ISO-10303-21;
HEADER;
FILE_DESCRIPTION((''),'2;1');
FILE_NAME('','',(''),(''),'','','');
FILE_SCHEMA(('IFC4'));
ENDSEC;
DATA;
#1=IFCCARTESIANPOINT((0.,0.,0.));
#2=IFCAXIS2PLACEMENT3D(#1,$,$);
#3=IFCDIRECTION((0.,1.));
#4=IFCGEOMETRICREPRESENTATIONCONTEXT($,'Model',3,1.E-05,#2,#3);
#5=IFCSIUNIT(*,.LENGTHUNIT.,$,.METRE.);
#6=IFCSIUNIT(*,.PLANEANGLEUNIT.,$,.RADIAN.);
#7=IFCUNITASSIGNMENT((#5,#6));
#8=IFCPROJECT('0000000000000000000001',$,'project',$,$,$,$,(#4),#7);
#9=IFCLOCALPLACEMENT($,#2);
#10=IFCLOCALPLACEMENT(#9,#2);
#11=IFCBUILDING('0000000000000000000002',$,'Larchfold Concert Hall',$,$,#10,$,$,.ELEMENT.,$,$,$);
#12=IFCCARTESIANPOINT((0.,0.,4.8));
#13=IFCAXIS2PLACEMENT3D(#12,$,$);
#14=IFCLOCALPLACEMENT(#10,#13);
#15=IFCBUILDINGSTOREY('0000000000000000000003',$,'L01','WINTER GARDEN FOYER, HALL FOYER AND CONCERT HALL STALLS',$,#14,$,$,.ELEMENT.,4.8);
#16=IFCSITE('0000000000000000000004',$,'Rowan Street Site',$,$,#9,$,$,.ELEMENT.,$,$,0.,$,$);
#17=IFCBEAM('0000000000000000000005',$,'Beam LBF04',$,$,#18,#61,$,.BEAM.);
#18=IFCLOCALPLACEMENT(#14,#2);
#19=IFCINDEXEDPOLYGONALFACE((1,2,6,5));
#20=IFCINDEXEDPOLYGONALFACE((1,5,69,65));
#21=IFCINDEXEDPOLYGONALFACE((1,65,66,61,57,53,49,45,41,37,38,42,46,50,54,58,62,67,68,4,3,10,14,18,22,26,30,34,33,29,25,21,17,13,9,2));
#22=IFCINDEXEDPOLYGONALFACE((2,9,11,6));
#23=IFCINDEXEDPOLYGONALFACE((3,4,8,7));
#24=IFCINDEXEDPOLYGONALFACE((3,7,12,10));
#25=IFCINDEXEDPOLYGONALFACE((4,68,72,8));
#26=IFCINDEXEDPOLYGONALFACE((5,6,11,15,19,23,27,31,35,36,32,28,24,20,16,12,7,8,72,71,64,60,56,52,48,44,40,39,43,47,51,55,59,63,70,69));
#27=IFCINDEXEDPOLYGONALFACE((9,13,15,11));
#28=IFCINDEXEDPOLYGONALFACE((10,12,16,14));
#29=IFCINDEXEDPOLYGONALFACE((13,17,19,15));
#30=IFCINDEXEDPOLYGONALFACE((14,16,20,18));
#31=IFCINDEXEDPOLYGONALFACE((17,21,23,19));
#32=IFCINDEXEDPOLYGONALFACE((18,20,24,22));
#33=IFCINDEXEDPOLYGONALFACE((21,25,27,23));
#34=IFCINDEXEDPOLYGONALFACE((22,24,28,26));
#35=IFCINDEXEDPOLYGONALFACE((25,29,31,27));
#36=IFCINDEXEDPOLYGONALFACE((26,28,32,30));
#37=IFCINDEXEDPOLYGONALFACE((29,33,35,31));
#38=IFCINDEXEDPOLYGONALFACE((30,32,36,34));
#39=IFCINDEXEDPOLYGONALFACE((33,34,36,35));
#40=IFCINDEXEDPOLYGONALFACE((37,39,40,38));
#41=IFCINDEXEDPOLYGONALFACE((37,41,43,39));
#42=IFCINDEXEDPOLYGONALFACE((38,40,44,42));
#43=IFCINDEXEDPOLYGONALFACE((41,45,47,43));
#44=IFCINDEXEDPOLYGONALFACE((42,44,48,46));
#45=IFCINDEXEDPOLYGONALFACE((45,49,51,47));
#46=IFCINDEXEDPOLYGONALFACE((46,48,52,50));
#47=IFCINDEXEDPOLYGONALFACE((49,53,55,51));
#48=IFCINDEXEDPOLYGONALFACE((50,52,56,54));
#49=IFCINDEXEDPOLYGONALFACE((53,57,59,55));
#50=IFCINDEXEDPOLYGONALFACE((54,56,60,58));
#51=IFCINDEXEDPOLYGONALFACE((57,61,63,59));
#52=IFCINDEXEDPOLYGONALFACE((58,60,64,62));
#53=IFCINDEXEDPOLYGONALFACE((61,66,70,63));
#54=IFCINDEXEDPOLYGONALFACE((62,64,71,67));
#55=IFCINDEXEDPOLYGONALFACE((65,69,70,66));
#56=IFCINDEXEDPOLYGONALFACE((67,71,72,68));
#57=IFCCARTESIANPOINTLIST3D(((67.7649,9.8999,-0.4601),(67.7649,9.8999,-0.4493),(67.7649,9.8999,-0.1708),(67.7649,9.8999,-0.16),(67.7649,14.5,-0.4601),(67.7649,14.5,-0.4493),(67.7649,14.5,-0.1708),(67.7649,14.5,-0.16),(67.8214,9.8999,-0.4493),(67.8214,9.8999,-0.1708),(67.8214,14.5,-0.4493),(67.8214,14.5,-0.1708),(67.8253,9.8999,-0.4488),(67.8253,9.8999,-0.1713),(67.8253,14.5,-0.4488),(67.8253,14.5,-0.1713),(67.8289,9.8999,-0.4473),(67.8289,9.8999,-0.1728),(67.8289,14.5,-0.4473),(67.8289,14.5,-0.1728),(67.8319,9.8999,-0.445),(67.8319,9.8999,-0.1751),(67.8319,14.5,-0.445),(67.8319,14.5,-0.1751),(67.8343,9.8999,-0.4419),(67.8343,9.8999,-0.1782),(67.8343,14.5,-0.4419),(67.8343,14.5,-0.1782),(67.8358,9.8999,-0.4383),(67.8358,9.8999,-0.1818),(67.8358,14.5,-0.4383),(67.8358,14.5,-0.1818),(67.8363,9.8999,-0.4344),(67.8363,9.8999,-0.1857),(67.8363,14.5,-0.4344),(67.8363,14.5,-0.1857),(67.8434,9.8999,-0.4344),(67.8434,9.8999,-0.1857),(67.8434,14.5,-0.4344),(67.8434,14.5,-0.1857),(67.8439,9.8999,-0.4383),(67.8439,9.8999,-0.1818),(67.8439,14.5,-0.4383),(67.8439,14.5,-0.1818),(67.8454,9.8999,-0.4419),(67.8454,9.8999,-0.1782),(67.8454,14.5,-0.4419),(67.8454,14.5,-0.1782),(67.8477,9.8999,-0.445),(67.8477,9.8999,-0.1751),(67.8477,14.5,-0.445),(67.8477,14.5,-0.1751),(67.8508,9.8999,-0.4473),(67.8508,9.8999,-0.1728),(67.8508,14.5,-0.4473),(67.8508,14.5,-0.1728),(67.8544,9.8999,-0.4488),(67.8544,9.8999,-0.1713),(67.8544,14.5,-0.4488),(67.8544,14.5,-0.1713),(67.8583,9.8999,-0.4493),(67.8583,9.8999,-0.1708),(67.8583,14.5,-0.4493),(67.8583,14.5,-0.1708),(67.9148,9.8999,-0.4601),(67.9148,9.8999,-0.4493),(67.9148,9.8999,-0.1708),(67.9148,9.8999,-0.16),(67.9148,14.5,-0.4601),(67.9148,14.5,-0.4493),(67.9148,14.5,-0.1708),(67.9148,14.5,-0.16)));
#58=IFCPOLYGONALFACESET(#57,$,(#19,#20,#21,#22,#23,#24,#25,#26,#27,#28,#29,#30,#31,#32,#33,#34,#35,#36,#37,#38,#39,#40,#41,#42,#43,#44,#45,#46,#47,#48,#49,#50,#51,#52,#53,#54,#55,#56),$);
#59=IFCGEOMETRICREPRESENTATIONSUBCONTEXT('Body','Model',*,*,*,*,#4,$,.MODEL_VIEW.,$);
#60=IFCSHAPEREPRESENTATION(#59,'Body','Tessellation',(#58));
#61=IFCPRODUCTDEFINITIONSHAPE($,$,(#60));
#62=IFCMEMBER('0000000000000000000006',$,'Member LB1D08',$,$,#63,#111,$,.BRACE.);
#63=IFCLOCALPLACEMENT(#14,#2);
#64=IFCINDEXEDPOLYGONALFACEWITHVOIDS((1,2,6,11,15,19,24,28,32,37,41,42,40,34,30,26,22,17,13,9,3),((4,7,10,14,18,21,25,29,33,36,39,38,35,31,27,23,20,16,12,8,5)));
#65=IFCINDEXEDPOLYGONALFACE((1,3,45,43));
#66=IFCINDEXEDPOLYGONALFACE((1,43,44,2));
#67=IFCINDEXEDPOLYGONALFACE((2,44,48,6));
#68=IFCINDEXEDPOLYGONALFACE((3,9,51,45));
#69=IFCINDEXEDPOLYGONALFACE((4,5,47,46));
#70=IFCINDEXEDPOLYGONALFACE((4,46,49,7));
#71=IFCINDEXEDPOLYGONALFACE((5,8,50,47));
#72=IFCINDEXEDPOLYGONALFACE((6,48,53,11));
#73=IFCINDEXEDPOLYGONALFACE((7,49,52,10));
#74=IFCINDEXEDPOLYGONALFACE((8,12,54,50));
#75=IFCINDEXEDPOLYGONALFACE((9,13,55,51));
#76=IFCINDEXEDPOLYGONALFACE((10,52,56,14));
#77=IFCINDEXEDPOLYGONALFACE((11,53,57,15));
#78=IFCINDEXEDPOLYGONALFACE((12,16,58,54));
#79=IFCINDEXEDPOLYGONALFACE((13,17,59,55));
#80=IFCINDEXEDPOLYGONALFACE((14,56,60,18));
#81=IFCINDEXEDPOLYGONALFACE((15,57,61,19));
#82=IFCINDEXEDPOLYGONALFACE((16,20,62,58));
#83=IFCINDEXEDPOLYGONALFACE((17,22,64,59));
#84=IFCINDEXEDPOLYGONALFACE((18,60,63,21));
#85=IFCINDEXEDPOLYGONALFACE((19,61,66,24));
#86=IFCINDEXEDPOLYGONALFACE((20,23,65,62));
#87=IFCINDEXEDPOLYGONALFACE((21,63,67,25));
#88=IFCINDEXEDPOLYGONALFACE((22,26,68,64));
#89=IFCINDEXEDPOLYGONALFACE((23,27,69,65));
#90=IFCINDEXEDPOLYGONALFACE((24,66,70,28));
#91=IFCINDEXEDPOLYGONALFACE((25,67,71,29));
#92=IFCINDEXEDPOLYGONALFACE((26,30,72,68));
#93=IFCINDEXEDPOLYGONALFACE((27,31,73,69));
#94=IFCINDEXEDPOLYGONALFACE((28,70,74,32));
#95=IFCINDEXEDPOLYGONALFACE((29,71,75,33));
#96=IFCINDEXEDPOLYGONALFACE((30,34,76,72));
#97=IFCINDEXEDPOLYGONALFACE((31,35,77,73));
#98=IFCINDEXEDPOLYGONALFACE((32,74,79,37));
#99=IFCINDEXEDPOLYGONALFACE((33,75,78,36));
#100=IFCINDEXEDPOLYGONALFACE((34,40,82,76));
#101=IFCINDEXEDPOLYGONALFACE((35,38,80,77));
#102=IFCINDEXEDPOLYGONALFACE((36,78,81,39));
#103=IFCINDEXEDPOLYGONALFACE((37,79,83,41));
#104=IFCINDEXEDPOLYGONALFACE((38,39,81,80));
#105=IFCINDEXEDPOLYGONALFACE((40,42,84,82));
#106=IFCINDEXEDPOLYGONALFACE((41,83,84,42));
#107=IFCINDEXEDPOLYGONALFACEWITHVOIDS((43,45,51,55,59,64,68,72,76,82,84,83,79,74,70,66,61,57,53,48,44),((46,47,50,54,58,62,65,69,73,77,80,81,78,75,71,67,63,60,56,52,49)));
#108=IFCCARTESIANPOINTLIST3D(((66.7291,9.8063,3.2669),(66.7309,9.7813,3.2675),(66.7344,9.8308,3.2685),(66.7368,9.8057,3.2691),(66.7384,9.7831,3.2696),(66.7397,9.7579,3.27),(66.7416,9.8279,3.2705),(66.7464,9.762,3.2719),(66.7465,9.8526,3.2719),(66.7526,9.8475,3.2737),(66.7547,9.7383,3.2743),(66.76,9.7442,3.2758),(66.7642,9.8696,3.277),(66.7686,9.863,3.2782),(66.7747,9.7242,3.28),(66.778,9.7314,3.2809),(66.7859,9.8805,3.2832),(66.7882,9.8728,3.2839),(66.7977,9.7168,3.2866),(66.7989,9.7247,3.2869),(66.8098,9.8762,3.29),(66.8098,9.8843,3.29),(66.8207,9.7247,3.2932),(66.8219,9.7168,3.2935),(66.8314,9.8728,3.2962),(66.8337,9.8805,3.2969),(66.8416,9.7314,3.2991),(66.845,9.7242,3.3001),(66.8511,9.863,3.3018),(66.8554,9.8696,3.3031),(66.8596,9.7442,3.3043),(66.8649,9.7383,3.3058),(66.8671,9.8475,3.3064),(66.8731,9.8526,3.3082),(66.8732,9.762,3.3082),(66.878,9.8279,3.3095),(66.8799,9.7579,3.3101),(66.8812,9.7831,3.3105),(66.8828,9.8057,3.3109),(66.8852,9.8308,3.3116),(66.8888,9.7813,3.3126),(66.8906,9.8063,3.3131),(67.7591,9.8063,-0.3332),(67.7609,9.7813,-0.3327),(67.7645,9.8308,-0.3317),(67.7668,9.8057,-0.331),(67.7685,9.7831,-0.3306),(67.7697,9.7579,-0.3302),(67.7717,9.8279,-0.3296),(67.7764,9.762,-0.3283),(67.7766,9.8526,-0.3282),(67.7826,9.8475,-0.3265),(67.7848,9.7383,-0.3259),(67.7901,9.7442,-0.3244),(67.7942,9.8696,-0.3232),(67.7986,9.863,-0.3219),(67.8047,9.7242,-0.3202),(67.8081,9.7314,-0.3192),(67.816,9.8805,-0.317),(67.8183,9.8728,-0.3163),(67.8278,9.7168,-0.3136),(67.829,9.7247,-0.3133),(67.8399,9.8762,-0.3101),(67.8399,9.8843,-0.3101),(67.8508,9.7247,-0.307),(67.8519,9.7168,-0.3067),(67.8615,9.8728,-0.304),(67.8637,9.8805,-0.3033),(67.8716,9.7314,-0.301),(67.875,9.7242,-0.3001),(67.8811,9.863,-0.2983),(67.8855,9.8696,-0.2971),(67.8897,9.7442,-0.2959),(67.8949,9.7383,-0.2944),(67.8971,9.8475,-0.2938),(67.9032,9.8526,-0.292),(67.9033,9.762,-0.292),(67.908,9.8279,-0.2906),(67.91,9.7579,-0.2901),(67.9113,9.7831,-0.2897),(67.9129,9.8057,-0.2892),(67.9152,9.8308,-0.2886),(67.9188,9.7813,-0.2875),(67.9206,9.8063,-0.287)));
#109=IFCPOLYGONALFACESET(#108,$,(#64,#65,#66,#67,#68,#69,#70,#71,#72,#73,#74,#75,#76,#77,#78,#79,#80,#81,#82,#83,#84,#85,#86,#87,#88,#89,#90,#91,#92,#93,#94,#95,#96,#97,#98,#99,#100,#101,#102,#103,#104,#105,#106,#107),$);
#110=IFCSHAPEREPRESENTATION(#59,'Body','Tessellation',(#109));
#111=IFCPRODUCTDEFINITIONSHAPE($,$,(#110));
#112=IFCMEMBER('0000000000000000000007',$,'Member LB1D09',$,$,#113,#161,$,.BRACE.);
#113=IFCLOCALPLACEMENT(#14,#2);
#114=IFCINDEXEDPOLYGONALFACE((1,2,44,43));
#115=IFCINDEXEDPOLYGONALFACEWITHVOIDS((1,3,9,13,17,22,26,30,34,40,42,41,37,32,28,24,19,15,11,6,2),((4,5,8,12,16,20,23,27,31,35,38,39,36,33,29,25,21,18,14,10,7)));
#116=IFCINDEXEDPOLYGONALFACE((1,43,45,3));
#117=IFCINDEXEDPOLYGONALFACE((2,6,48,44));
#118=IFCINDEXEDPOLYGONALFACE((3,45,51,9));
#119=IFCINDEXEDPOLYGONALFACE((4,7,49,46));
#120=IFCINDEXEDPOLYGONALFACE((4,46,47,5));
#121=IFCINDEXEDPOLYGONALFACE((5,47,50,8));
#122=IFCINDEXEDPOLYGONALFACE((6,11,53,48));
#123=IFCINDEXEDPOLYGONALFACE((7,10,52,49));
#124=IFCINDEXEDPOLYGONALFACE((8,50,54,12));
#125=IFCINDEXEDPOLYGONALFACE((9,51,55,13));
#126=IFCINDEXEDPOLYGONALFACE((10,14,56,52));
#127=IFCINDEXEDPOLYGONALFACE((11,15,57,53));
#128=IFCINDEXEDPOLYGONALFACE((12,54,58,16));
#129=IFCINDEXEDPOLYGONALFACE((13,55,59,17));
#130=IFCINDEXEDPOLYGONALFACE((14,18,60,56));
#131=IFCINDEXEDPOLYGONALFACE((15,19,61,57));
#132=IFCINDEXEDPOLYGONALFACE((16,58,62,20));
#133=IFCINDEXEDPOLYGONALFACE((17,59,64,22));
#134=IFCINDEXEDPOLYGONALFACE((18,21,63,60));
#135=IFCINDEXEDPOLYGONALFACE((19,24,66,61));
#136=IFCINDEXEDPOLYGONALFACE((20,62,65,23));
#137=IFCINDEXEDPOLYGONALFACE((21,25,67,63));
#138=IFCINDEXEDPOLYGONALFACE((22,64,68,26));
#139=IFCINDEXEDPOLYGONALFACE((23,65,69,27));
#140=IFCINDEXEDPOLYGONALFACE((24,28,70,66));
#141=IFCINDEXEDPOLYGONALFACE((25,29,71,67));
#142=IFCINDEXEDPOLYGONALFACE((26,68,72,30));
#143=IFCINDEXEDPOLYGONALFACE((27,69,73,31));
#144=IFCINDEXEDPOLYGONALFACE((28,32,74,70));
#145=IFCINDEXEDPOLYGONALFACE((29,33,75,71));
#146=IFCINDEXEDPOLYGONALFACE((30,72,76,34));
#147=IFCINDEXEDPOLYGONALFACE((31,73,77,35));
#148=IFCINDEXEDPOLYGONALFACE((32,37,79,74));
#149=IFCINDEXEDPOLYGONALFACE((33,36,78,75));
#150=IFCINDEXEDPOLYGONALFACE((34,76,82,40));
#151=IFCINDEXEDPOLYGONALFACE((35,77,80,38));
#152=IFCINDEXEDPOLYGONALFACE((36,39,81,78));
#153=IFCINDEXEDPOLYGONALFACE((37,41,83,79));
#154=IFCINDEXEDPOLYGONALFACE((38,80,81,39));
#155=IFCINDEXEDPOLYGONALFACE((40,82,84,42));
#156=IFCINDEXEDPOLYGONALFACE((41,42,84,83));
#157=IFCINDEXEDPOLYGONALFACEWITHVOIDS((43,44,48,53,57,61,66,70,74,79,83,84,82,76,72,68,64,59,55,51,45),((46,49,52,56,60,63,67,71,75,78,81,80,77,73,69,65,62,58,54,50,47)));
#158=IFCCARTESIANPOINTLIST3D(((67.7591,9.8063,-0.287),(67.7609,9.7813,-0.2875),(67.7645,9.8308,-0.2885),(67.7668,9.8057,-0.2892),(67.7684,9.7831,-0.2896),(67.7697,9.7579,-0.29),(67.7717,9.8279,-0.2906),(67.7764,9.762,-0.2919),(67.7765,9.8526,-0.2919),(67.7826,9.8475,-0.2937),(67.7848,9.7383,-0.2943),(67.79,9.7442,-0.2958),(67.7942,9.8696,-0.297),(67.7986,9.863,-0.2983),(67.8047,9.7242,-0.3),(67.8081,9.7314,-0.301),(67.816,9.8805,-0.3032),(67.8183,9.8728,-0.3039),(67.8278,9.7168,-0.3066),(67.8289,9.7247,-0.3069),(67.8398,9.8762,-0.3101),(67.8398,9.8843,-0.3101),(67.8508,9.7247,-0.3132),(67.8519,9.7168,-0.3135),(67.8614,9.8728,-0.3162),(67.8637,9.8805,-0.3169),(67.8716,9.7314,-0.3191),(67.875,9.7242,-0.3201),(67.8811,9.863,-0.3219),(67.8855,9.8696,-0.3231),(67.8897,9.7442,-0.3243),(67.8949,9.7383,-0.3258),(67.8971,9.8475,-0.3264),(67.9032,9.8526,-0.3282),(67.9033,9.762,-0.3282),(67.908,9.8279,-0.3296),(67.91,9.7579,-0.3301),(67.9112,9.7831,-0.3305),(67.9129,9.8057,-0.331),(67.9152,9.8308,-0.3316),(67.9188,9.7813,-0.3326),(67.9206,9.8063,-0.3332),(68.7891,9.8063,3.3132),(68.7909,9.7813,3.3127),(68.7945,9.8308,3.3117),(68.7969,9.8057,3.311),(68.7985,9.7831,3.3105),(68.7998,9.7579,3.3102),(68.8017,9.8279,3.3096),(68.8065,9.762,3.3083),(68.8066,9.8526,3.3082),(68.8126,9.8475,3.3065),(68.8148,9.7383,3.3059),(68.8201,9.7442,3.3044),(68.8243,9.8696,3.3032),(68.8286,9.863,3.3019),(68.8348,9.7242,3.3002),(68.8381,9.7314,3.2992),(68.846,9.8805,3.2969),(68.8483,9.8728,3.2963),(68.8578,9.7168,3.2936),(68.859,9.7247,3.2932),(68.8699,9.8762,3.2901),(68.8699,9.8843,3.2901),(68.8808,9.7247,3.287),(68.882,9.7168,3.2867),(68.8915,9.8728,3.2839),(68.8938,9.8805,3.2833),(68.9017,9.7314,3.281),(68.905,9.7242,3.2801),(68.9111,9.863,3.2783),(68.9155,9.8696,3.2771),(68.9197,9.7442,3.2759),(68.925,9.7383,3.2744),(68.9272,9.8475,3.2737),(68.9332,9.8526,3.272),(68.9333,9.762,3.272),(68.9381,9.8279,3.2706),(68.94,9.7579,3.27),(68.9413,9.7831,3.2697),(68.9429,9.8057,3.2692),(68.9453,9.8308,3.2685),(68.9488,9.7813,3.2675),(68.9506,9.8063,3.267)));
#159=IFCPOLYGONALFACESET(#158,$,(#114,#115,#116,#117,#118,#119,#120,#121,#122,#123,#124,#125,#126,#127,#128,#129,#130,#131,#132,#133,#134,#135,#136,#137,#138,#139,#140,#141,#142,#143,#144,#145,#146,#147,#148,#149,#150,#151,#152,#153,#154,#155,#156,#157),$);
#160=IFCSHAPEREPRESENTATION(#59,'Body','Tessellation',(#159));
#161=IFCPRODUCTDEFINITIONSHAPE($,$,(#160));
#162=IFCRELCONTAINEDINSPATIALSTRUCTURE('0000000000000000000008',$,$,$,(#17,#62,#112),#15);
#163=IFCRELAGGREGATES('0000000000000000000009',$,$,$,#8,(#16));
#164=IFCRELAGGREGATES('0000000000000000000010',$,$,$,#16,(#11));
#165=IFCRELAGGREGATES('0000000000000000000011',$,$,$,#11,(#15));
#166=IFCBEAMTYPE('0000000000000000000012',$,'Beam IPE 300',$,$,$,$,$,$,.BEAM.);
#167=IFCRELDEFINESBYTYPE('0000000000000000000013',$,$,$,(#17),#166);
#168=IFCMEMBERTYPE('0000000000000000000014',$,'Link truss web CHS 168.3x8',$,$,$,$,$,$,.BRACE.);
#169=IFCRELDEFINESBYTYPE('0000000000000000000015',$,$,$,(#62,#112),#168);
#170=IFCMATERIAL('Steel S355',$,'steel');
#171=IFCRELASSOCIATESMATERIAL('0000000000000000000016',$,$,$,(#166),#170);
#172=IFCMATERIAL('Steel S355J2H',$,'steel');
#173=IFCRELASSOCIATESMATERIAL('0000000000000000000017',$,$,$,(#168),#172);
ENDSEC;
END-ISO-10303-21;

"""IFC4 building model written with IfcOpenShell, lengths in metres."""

from ifc_helpers import new_model, si_unit, direction, frame, origin, origin_2d, place, context, subcontext, project, spatial, hollow_circle, i_section, extrude, material, material_profile, profile_set, type_object, element, save


model = new_model("IFC4")

# Units and contexts
model_context = context("Model", 3, precision=1e-05, world=origin(), true_north=direction((0.0, 1.0)))
body_context = subcontext(model_context, "Body", "Model", "MODEL_VIEW")
ifc_project = project(units=[si_unit("LENGTHUNIT", "METRE"), si_unit("PLANEANGLEUNIT", "RADIAN")], contexts=[model_context])

# Site, building, storey
site_placement = place(None, origin())
site = spatial("IfcSite", under=ifc_project, at=site_placement, Name="Rowan Street Site", CompositionType="ELEMENT", RefElevation=0.0)
building_placement = place(site_placement, origin())
building = spatial("IfcBuilding", under=site, at=building_placement, Name="Larchfold Concert Hall", CompositionType="ELEMENT")
storey_placement = place(building_placement, frame((0.0, 0.0, 4.8)))
storey = spatial("IfcBuildingStorey", under=building, at=storey_placement, Name="L01", Description="WINTER GARDEN FOYER, HALL FOYER AND CONCERT HALL STALLS", CompositionType="ELEMENT", Elevation=4.8)

# Beam
ifc_material_1 = material(Name="Steel S355", Category="steel")
ifc_material_profile_1 = material_profile(ifc_material_1, i_section(OverallWidth=0.1499, OverallDepth=0.3, WebThickness=0.0071, FlangeThickness=0.0107, FilletRadius=0.0149, at=origin_2d()))
ifc_profile_set_1 = profile_set([ifc_material_profile_1], Name="Steel S355")
beam_type_1 = type_object("IfcBeamType", Name="Beam IPE 300", PredefinedType="BEAM", material=ifc_profile_set_1)
beam_1_placement = place(storey_placement, frame((67.8398, 9.8999, -0.3101), z_axis=(0.0, 1.0, 0.0), x_axis=(-1.0, 0.0, 0.0)))
element("IfcBeam", 1, at=beam_1_placement, inside=storey, type_object=beam_type_1, Name="Beam LBF04", PredefinedType="BEAM", context=body_context, shape_type="SweptSolid", body=[
    extrude(i_section(OverallWidth=0.1499, OverallDepth=0.3, WebThickness=0.0071, FlangeThickness=0.0107, FilletRadius=0.0149, at=origin_2d()), origin(), (0.0, 0.0, 1.0), 4.6001),
])

# Members
ifc_material_2 = material(Name="Steel S355J2H", Category="steel")
ifc_material_profile_2 = material_profile(ifc_material_2, hollow_circle(Radius=0.0842, WallThickness=0.0081, at=origin_2d()))
ifc_profile_set_2 = profile_set([ifc_material_profile_2], Name="Steel S355J2H")
member_type_1 = type_object("IfcMemberType", Name="Link truss web CHS 168.3x8", PredefinedType="BRACE", material=ifc_profile_set_2)
for number, where, z_axis, x_axis, name in (
    (2, (66.8098, 9.8, 3.29), (0.275074, 0.0, -0.961423), (0.0, 1.0, 0.0), "Member LB1D08"),
    (3, (67.8398, 9.8, -0.3101), (0.275074, 0.0, 0.961423), (0.0, 1.0, 0.0), "Member LB1D09"),
):
    element("IfcMember", number, at=place(storey_placement, frame(where, z_axis=z_axis, x_axis=x_axis)), inside=storey, type_object=member_type_1, Name=name, PredefinedType="BRACE", context=body_context, shape_type="SweptSolid", body=[
        extrude(hollow_circle(Radius=0.0842, WallThickness=0.0081, at=origin_2d()), origin(), (0.0, 0.0, 1.0), 3.7446),
    ])

save(model, "model.ifc")
